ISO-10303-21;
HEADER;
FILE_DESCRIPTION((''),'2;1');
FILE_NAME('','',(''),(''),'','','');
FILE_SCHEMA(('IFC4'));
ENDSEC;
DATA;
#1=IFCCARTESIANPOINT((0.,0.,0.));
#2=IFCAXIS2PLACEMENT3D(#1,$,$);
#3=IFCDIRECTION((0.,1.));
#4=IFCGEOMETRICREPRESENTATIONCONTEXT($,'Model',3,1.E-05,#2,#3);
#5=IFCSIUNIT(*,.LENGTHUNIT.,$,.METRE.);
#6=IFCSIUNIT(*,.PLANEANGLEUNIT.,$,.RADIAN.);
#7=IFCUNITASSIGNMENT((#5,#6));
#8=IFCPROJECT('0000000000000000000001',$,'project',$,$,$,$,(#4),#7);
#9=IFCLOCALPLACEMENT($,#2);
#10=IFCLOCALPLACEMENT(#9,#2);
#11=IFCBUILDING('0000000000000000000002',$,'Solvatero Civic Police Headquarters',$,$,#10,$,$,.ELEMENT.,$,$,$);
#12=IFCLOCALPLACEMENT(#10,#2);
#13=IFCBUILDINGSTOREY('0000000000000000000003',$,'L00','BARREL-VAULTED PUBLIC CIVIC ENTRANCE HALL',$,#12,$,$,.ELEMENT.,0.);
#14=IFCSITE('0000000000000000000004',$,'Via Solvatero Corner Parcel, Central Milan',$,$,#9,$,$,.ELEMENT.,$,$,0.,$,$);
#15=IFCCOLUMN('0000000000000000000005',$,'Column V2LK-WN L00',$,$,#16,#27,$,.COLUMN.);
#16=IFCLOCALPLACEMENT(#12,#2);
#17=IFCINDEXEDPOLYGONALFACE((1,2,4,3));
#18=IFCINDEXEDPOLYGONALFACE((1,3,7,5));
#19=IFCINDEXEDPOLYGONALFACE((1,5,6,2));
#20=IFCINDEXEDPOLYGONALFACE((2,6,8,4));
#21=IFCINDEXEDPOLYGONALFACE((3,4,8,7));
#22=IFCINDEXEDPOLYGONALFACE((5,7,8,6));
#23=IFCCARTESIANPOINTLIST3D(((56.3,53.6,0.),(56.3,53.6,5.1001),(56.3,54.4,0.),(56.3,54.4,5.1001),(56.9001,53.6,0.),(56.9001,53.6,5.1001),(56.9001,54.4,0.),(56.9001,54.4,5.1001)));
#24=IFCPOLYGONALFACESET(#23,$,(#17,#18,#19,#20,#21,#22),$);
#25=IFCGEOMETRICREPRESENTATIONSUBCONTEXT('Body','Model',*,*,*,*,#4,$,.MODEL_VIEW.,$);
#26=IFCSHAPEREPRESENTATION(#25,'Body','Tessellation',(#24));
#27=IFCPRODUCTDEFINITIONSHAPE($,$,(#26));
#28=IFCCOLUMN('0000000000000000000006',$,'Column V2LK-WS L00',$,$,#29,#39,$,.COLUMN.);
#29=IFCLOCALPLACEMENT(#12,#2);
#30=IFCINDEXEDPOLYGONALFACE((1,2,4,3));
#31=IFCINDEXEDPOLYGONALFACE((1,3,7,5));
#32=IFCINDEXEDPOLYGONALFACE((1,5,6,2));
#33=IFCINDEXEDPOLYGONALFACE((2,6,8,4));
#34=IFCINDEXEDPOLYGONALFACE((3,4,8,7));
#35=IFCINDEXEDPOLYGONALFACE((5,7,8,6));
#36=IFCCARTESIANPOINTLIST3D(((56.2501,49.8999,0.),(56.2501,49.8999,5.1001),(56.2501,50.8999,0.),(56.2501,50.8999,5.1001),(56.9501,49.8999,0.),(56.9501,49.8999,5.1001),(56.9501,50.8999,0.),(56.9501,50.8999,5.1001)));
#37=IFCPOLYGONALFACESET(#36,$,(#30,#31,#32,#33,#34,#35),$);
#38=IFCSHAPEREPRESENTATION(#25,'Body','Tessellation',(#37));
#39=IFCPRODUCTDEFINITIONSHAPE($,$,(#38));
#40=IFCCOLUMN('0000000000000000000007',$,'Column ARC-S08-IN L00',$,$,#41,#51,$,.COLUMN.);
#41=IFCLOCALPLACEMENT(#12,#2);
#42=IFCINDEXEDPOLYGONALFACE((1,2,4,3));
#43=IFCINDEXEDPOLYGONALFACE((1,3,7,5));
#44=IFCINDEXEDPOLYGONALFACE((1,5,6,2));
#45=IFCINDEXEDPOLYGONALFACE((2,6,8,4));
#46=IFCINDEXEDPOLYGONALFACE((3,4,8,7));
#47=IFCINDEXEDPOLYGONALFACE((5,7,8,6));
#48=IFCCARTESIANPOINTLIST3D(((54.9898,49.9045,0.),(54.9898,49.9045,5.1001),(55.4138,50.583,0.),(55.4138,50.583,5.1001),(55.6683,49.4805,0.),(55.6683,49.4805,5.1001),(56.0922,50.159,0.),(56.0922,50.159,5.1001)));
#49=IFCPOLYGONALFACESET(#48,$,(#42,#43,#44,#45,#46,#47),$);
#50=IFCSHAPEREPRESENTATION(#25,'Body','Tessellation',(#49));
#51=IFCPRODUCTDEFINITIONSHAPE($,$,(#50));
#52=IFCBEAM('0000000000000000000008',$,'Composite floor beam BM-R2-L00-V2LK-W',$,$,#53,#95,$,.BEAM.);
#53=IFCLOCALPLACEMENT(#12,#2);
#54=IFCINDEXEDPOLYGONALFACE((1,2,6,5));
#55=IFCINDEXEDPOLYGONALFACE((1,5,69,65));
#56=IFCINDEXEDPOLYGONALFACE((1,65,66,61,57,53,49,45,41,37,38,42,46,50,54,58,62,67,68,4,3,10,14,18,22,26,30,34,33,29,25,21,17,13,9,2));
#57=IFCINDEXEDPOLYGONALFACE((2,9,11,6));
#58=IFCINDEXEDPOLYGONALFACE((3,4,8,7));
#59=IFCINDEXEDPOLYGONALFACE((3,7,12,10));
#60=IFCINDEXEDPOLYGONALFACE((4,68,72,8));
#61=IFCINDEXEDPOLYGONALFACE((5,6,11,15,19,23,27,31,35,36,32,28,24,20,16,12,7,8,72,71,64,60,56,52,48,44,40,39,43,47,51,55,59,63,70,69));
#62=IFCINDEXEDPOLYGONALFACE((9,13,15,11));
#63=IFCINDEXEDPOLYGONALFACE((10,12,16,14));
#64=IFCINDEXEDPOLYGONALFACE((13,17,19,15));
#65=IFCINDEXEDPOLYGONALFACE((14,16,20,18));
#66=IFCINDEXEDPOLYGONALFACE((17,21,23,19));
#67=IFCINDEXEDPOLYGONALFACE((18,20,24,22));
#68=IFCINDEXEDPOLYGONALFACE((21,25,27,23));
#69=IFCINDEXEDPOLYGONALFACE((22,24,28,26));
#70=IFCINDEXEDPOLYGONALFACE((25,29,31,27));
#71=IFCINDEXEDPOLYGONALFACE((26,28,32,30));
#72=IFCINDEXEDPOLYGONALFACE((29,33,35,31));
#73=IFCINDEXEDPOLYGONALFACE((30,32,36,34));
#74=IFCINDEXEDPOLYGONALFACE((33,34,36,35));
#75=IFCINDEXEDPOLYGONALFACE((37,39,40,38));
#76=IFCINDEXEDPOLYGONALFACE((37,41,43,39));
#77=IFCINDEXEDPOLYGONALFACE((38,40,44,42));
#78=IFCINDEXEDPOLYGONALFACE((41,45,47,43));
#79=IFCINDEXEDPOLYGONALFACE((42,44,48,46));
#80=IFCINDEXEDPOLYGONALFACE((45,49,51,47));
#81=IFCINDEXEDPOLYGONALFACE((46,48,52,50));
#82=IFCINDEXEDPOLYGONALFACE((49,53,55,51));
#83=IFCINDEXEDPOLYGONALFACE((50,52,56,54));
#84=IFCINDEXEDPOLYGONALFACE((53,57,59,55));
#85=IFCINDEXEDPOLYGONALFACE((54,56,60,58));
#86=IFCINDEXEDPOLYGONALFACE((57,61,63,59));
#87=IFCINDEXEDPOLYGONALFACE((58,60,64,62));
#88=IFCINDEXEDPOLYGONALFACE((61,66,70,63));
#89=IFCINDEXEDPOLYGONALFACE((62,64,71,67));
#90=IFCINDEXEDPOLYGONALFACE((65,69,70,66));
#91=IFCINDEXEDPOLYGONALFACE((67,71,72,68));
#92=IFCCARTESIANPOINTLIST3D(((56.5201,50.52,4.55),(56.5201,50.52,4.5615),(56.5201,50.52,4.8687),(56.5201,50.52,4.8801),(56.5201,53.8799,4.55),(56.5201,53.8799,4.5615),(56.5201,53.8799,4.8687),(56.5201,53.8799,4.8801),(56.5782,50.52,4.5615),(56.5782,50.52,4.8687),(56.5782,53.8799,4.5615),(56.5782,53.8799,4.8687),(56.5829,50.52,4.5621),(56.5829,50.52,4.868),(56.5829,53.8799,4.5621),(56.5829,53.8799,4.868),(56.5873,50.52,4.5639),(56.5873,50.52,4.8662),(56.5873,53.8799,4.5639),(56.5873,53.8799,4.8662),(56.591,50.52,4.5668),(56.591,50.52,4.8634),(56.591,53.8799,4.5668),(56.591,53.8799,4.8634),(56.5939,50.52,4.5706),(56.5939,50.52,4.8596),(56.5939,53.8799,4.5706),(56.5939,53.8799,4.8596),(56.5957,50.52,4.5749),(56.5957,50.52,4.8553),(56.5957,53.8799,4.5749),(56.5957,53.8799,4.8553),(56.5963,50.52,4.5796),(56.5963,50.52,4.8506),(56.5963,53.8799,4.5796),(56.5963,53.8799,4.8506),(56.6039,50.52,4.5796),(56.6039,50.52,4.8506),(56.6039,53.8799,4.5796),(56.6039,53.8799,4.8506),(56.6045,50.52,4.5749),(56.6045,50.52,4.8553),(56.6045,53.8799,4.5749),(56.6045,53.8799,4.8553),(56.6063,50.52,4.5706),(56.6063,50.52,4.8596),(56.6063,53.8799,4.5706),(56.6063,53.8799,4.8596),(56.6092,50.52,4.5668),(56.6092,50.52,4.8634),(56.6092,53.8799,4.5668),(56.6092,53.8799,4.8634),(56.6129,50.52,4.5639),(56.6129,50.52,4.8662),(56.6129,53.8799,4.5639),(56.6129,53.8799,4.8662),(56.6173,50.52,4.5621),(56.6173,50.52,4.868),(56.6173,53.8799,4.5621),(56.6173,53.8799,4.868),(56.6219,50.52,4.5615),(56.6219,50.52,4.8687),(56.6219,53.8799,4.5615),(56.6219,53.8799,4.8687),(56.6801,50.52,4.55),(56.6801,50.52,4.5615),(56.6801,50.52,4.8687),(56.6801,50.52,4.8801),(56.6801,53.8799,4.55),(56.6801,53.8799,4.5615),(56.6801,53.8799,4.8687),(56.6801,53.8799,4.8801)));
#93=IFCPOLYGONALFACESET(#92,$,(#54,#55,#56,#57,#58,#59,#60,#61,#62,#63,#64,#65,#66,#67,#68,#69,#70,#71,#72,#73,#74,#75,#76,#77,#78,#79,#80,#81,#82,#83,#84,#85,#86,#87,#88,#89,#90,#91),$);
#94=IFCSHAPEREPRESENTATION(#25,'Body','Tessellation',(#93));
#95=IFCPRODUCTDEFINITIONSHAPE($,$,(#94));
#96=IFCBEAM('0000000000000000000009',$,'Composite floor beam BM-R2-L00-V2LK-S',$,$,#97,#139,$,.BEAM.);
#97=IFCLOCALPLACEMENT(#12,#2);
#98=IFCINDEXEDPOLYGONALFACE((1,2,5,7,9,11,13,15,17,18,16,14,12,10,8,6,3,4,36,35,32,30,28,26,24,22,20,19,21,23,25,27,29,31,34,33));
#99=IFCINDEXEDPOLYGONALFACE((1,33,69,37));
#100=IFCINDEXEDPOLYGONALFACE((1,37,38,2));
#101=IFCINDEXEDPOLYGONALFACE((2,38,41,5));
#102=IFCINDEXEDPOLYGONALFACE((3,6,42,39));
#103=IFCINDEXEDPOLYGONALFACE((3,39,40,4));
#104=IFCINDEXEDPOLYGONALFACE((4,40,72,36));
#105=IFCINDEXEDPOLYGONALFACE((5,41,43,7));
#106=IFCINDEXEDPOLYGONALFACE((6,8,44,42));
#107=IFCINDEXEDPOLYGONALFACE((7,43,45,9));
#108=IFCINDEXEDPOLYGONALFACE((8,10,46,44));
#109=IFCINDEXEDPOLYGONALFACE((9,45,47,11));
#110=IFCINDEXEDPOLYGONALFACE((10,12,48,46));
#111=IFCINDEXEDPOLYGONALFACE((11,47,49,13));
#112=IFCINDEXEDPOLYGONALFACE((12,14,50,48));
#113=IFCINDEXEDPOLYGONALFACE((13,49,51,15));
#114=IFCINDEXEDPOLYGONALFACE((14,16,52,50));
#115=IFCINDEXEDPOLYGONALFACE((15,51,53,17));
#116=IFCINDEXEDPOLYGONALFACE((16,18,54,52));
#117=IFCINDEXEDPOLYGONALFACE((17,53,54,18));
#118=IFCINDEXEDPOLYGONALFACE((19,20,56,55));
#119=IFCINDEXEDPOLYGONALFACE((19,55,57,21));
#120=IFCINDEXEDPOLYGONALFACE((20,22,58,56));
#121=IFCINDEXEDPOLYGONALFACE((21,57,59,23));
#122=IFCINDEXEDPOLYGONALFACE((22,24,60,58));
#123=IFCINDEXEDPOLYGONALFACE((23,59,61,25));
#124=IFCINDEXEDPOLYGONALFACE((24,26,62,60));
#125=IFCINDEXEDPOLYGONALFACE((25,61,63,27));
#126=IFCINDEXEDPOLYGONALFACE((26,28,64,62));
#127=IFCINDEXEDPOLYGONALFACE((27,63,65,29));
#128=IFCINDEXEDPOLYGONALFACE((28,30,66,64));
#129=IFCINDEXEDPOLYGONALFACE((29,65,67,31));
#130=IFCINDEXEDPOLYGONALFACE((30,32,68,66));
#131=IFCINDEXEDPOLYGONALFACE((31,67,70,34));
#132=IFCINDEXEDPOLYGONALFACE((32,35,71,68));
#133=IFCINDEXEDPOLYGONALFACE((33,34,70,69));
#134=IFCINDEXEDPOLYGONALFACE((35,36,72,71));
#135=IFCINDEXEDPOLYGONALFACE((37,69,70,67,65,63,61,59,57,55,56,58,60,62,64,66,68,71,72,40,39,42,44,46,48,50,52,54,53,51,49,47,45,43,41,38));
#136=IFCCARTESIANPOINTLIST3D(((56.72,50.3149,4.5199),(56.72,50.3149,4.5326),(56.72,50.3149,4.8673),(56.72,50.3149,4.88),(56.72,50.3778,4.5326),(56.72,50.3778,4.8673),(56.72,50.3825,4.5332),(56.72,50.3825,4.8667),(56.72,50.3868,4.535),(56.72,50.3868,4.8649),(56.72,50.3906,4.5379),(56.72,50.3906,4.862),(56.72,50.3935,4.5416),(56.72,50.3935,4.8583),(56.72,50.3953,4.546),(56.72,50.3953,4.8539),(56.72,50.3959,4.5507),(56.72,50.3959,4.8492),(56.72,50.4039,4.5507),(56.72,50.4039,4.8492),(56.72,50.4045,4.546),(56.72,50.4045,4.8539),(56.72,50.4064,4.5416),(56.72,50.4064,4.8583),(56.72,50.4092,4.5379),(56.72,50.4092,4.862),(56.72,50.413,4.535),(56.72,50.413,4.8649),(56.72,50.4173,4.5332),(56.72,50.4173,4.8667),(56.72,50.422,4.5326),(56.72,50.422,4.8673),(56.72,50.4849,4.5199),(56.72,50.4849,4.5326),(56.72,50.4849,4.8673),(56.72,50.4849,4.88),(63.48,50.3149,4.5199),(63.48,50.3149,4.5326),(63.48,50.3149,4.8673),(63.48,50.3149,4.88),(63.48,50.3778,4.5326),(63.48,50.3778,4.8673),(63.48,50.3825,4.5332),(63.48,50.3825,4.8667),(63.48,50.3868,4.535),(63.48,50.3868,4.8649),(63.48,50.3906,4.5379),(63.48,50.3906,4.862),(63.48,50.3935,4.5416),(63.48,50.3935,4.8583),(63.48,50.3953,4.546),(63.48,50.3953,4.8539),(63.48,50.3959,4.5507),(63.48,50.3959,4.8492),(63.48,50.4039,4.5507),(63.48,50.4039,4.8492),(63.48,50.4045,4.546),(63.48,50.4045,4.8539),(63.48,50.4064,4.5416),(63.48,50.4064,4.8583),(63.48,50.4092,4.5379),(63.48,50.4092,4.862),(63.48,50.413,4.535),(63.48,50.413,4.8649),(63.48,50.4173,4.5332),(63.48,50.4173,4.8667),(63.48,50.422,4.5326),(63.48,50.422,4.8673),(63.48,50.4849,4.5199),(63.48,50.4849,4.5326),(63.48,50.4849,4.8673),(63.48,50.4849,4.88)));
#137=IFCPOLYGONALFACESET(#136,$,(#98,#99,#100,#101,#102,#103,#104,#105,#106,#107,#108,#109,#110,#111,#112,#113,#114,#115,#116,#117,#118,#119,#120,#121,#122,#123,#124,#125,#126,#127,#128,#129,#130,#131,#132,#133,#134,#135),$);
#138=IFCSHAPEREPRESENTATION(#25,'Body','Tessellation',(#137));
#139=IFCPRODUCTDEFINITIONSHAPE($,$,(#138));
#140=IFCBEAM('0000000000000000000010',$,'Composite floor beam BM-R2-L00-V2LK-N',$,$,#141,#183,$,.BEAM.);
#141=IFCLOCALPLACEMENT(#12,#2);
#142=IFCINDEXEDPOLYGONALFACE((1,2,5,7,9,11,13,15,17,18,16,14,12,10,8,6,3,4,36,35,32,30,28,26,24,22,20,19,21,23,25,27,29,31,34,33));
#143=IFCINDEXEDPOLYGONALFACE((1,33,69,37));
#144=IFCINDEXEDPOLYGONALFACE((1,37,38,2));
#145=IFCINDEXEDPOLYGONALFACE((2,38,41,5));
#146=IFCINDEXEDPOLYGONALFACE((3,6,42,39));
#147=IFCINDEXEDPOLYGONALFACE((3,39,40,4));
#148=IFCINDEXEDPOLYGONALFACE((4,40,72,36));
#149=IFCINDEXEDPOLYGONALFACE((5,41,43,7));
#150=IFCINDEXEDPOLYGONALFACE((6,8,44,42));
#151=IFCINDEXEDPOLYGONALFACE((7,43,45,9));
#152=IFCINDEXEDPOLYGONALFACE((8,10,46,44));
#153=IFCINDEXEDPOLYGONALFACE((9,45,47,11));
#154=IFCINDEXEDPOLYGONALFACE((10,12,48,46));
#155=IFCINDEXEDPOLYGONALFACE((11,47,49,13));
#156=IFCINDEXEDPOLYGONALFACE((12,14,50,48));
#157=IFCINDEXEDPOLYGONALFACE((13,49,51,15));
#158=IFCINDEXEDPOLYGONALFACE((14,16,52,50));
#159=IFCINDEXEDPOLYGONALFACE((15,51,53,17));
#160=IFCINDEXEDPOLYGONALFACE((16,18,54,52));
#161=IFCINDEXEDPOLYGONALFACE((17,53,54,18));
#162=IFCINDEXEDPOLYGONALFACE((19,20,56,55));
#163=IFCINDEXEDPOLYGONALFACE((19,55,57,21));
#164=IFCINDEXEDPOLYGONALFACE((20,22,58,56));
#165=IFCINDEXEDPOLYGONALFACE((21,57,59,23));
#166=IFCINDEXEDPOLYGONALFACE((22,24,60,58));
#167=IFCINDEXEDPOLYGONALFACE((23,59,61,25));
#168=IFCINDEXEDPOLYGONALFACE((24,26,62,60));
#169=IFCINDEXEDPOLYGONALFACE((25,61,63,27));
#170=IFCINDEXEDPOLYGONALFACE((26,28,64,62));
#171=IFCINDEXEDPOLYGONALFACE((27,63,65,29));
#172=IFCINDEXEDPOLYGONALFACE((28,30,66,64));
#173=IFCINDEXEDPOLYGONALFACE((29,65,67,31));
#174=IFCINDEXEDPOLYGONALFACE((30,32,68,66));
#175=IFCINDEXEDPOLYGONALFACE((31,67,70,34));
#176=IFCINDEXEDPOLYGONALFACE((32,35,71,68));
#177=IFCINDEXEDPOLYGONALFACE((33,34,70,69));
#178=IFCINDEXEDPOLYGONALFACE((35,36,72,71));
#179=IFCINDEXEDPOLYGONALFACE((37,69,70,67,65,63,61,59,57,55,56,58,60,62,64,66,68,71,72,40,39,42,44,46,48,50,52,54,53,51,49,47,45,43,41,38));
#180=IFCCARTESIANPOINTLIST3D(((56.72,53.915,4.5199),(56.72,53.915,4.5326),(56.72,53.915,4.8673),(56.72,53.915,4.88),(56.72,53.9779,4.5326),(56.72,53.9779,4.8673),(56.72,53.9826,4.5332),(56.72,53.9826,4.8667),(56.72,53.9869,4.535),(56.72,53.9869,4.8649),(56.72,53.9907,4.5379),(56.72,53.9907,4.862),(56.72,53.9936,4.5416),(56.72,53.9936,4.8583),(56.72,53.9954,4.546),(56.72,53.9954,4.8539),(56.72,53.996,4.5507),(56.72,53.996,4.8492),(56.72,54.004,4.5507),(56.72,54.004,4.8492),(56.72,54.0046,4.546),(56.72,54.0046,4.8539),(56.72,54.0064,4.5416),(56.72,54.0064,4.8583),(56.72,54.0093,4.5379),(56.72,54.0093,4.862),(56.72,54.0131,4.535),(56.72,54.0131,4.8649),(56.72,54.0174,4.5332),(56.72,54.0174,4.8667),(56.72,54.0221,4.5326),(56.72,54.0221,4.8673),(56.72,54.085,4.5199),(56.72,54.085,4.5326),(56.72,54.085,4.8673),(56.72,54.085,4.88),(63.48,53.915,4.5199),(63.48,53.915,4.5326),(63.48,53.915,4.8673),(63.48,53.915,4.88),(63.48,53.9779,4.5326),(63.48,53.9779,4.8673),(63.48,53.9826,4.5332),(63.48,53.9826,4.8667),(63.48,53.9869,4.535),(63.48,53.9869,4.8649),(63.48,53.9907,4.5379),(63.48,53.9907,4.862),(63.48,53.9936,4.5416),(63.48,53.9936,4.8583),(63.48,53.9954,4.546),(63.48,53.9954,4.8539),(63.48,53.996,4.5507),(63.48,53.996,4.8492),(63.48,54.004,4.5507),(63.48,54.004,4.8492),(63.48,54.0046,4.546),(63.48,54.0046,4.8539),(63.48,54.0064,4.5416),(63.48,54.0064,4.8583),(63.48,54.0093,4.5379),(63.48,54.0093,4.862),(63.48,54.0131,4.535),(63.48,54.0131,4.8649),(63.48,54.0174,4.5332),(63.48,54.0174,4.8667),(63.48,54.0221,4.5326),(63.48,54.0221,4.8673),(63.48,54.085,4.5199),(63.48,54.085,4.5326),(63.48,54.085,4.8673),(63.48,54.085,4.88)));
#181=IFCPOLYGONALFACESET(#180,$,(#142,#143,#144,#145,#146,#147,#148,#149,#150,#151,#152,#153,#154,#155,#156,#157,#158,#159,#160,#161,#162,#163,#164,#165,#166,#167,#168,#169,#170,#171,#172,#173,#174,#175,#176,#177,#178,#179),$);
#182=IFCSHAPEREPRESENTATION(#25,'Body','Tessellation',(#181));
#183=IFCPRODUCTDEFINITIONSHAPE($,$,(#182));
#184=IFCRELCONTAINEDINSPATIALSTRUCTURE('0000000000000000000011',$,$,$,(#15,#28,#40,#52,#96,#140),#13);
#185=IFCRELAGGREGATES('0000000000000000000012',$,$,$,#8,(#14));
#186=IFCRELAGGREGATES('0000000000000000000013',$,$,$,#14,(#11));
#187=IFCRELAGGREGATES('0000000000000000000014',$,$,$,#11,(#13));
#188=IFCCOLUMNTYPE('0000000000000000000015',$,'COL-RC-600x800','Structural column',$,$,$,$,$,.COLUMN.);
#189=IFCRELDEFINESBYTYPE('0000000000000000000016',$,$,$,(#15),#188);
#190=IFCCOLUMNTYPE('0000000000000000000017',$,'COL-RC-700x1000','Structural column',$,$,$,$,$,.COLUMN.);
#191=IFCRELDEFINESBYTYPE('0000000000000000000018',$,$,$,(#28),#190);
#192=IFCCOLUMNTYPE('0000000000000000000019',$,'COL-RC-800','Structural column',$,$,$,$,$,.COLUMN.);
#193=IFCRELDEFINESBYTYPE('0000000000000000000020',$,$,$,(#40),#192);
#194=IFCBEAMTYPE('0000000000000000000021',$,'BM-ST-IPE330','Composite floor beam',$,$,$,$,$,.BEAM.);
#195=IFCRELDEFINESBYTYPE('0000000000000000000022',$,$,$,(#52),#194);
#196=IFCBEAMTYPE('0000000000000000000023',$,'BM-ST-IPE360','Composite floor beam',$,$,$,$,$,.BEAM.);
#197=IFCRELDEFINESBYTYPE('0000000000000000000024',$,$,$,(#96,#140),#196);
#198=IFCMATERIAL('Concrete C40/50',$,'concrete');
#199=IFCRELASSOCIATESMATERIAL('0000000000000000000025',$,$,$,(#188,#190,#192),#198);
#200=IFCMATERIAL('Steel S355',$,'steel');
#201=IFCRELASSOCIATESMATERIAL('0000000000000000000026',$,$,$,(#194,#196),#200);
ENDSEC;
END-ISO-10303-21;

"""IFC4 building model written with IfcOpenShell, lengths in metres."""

from ifc_helpers import new_model, si_unit, direction, frame, origin, origin_2d, place, context, subcontext, project, spatial, rectangle, i_section, extrude, material, material_profile, profile_set, type_object, element, save


model = new_model("IFC4")

# Units and contexts
model_context = context("Model", 3, precision=1e-05, world=origin(), true_north=direction((0.0, 1.0)))
body_context = subcontext(model_context, "Body", "Model", "MODEL_VIEW")
ifc_project = project(units=[si_unit("LENGTHUNIT", "METRE"), si_unit("PLANEANGLEUNIT", "RADIAN")], contexts=[model_context])

# Site, building, storey
site_placement = place(None, origin())
site = spatial("IfcSite", under=ifc_project, at=site_placement, Name="Via Solvatero Corner Parcel, Central Milan", CompositionType="ELEMENT", RefElevation=0.0)
building_placement = place(site_placement, origin())
building = spatial("IfcBuilding", under=site, at=building_placement, Name="Solvatero Civic Police Headquarters", CompositionType="ELEMENT")
storey_placement = place(building_placement, origin())
storey = spatial("IfcBuildingStorey", under=building, at=storey_placement, Name="L00", Description="BARREL-VAULTED PUBLIC CIVIC ENTRANCE HALL", CompositionType="ELEMENT", Elevation=0.0)

# Columns
ifc_material_1 = material(Name="Concrete C40/50", Category="concrete")
ifc_material_profile_1 = material_profile(ifc_material_1, rectangle(XDim=0.6001, YDim=0.8, at=origin_2d()), Name="RC 600x800")
ifc_profile_set_1 = profile_set([ifc_material_profile_1], Name="Concrete C40/50")
column_type_1 = type_object("IfcColumnType", Name="COL-RC-600x800", Description="Structural column", PredefinedType="COLUMN", material=ifc_profile_set_1)
column_1_placement = place(storey_placement, frame((56.6001, 54.0, 0.0), z_axis=(0.0, 0.0, 1.0), x_axis=(1.0, 0.0, 0.0)))
element("IfcColumn", 1, at=column_1_placement, inside=storey, type_object=column_type_1, Name="Column V2LK-WN L00", PredefinedType="COLUMN", context=body_context, shape_type="SweptSolid", body=[
    extrude(rectangle(XDim=0.6001, YDim=0.8, at=origin_2d()), origin(), (0.0, 0.0, 1.0), 5.1001),
])
ifc_material_profile_2 = material_profile(ifc_material_1, rectangle(XDim=0.7, YDim=1.0, at=origin_2d()), Name="RC 700x1000")
ifc_profile_set_2 = profile_set([ifc_material_profile_2], Name="Concrete C40/50")
column_type_2 = type_object("IfcColumnType", Name="COL-RC-700x1000", Description="Structural column", PredefinedType="COLUMN", material=ifc_profile_set_2)
column_2_placement = place(storey_placement, frame((56.6001, 50.3999, 0.0), z_axis=(0.0, 0.0, 1.0), x_axis=(1.0, 0.0, 0.0)))
element("IfcColumn", 2, at=column_2_placement, inside=storey, type_object=column_type_2, Name="Column V2LK-WS L00", PredefinedType="COLUMN", context=body_context, shape_type="SweptSolid", body=[
    extrude(rectangle(XDim=0.7, YDim=1.0, at=origin_2d()), origin(), (0.0, 0.0, 1.0), 5.1001),
])
ifc_material_profile_3 = material_profile(ifc_material_1, rectangle(XDim=0.8, YDim=0.8, at=origin_2d()), Name="RC 800x800")
ifc_profile_set_3 = profile_set([ifc_material_profile_3], Name="Concrete C40/50")
column_type_3 = type_object("IfcColumnType", Name="COL-RC-800", Description="Structural column", PredefinedType="COLUMN", material=ifc_profile_set_3)
column_3_placement = place(storey_placement, frame((55.541, 50.0317, 0.0), z_axis=(0.0, 0.0, 1.0), x_axis=(0.529919, 0.848048, 0.0)))
element("IfcColumn", 3, at=column_3_placement, inside=storey, type_object=column_type_3, Name="Column ARC-S08-IN L00", PredefinedType="COLUMN", context=body_context, shape_type="SweptSolid", body=[
    extrude(rectangle(XDim=0.8, YDim=0.8, at=origin_2d()), origin(), (0.0, 0.0, 1.0), 5.1001),
])

# Beams
ifc_material_2 = material(Name="Steel S355", Category="steel")
ifc_material_profile_4 = material_profile(ifc_material_2, i_section(OverallWidth=0.1599, OverallDepth=0.3301, WebThickness=0.0076, FlangeThickness=0.0115, FilletRadius=0.0181, at=origin_2d()), Name="IPE 330")
ifc_profile_set_4 = profile_set([ifc_material_profile_4], Name="Steel S355")
beam_type_1 = type_object("IfcBeamType", Name="BM-ST-IPE330", Description="Composite floor beam", PredefinedType="BEAM", material=ifc_profile_set_4)
beam_placement = place(storey_placement, frame((56.6001, 50.52, 4.7151), z_axis=(0.0, 1.0, 0.0), x_axis=(-1.0, 0.0, 0.0)))
element("IfcBeam", 4, at=beam_placement, inside=storey, type_object=beam_type_1, Name="Composite floor beam BM-R2-L00-V2LK-W", PredefinedType="BEAM", context=body_context, shape_type="SweptSolid", body=[
    extrude(i_section(OverallWidth=0.1599, OverallDepth=0.3301, WebThickness=0.0076, FlangeThickness=0.0115, FilletRadius=0.0181, at=origin_2d()), origin(), (0.0, 0.0, 1.0), 3.3599),
])
ifc_material_profile_5 = material_profile(ifc_material_2, i_section(OverallWidth=0.1699, OverallDepth=0.3601, WebThickness=0.0081, FlangeThickness=0.0127, FilletRadius=0.0181, at=origin_2d()), Name="IPE 360")
ifc_profile_set_5 = profile_set([ifc_material_profile_5], Name="Steel S355")
beam_type_2 = type_object("IfcBeamType", Name="BM-ST-IPE360", Description="Composite floor beam", PredefinedType="BEAM", material=ifc_profile_set_5)
for number, where, z_axis, x_axis, name in (
    (5, (56.72, 50.3999, 4.7), (1.0, 0.0, 0.0), (0.0, 1.0, 0.0), "Composite floor beam BM-R2-L00-V2LK-S"),
    (6, (56.72, 54.0, 4.7), (1.0, 0.0, 0.0), (0.0, 1.0, 0.0), "Composite floor beam BM-R2-L00-V2LK-N"),
):
    element("IfcBeam", number, at=place(storey_placement, frame(where, z_axis=z_axis, x_axis=x_axis)), inside=storey, type_object=beam_type_2, Name=name, PredefinedType="BEAM", context=body_context, shape_type="SweptSolid", body=[
        extrude(i_section(OverallWidth=0.1699, OverallDepth=0.3601, WebThickness=0.0081, FlangeThickness=0.0127, FilletRadius=0.0181, at=origin_2d()), origin(), (0.0, 0.0, 1.0), 6.76),
    ])

save(model, "model.ifc")
